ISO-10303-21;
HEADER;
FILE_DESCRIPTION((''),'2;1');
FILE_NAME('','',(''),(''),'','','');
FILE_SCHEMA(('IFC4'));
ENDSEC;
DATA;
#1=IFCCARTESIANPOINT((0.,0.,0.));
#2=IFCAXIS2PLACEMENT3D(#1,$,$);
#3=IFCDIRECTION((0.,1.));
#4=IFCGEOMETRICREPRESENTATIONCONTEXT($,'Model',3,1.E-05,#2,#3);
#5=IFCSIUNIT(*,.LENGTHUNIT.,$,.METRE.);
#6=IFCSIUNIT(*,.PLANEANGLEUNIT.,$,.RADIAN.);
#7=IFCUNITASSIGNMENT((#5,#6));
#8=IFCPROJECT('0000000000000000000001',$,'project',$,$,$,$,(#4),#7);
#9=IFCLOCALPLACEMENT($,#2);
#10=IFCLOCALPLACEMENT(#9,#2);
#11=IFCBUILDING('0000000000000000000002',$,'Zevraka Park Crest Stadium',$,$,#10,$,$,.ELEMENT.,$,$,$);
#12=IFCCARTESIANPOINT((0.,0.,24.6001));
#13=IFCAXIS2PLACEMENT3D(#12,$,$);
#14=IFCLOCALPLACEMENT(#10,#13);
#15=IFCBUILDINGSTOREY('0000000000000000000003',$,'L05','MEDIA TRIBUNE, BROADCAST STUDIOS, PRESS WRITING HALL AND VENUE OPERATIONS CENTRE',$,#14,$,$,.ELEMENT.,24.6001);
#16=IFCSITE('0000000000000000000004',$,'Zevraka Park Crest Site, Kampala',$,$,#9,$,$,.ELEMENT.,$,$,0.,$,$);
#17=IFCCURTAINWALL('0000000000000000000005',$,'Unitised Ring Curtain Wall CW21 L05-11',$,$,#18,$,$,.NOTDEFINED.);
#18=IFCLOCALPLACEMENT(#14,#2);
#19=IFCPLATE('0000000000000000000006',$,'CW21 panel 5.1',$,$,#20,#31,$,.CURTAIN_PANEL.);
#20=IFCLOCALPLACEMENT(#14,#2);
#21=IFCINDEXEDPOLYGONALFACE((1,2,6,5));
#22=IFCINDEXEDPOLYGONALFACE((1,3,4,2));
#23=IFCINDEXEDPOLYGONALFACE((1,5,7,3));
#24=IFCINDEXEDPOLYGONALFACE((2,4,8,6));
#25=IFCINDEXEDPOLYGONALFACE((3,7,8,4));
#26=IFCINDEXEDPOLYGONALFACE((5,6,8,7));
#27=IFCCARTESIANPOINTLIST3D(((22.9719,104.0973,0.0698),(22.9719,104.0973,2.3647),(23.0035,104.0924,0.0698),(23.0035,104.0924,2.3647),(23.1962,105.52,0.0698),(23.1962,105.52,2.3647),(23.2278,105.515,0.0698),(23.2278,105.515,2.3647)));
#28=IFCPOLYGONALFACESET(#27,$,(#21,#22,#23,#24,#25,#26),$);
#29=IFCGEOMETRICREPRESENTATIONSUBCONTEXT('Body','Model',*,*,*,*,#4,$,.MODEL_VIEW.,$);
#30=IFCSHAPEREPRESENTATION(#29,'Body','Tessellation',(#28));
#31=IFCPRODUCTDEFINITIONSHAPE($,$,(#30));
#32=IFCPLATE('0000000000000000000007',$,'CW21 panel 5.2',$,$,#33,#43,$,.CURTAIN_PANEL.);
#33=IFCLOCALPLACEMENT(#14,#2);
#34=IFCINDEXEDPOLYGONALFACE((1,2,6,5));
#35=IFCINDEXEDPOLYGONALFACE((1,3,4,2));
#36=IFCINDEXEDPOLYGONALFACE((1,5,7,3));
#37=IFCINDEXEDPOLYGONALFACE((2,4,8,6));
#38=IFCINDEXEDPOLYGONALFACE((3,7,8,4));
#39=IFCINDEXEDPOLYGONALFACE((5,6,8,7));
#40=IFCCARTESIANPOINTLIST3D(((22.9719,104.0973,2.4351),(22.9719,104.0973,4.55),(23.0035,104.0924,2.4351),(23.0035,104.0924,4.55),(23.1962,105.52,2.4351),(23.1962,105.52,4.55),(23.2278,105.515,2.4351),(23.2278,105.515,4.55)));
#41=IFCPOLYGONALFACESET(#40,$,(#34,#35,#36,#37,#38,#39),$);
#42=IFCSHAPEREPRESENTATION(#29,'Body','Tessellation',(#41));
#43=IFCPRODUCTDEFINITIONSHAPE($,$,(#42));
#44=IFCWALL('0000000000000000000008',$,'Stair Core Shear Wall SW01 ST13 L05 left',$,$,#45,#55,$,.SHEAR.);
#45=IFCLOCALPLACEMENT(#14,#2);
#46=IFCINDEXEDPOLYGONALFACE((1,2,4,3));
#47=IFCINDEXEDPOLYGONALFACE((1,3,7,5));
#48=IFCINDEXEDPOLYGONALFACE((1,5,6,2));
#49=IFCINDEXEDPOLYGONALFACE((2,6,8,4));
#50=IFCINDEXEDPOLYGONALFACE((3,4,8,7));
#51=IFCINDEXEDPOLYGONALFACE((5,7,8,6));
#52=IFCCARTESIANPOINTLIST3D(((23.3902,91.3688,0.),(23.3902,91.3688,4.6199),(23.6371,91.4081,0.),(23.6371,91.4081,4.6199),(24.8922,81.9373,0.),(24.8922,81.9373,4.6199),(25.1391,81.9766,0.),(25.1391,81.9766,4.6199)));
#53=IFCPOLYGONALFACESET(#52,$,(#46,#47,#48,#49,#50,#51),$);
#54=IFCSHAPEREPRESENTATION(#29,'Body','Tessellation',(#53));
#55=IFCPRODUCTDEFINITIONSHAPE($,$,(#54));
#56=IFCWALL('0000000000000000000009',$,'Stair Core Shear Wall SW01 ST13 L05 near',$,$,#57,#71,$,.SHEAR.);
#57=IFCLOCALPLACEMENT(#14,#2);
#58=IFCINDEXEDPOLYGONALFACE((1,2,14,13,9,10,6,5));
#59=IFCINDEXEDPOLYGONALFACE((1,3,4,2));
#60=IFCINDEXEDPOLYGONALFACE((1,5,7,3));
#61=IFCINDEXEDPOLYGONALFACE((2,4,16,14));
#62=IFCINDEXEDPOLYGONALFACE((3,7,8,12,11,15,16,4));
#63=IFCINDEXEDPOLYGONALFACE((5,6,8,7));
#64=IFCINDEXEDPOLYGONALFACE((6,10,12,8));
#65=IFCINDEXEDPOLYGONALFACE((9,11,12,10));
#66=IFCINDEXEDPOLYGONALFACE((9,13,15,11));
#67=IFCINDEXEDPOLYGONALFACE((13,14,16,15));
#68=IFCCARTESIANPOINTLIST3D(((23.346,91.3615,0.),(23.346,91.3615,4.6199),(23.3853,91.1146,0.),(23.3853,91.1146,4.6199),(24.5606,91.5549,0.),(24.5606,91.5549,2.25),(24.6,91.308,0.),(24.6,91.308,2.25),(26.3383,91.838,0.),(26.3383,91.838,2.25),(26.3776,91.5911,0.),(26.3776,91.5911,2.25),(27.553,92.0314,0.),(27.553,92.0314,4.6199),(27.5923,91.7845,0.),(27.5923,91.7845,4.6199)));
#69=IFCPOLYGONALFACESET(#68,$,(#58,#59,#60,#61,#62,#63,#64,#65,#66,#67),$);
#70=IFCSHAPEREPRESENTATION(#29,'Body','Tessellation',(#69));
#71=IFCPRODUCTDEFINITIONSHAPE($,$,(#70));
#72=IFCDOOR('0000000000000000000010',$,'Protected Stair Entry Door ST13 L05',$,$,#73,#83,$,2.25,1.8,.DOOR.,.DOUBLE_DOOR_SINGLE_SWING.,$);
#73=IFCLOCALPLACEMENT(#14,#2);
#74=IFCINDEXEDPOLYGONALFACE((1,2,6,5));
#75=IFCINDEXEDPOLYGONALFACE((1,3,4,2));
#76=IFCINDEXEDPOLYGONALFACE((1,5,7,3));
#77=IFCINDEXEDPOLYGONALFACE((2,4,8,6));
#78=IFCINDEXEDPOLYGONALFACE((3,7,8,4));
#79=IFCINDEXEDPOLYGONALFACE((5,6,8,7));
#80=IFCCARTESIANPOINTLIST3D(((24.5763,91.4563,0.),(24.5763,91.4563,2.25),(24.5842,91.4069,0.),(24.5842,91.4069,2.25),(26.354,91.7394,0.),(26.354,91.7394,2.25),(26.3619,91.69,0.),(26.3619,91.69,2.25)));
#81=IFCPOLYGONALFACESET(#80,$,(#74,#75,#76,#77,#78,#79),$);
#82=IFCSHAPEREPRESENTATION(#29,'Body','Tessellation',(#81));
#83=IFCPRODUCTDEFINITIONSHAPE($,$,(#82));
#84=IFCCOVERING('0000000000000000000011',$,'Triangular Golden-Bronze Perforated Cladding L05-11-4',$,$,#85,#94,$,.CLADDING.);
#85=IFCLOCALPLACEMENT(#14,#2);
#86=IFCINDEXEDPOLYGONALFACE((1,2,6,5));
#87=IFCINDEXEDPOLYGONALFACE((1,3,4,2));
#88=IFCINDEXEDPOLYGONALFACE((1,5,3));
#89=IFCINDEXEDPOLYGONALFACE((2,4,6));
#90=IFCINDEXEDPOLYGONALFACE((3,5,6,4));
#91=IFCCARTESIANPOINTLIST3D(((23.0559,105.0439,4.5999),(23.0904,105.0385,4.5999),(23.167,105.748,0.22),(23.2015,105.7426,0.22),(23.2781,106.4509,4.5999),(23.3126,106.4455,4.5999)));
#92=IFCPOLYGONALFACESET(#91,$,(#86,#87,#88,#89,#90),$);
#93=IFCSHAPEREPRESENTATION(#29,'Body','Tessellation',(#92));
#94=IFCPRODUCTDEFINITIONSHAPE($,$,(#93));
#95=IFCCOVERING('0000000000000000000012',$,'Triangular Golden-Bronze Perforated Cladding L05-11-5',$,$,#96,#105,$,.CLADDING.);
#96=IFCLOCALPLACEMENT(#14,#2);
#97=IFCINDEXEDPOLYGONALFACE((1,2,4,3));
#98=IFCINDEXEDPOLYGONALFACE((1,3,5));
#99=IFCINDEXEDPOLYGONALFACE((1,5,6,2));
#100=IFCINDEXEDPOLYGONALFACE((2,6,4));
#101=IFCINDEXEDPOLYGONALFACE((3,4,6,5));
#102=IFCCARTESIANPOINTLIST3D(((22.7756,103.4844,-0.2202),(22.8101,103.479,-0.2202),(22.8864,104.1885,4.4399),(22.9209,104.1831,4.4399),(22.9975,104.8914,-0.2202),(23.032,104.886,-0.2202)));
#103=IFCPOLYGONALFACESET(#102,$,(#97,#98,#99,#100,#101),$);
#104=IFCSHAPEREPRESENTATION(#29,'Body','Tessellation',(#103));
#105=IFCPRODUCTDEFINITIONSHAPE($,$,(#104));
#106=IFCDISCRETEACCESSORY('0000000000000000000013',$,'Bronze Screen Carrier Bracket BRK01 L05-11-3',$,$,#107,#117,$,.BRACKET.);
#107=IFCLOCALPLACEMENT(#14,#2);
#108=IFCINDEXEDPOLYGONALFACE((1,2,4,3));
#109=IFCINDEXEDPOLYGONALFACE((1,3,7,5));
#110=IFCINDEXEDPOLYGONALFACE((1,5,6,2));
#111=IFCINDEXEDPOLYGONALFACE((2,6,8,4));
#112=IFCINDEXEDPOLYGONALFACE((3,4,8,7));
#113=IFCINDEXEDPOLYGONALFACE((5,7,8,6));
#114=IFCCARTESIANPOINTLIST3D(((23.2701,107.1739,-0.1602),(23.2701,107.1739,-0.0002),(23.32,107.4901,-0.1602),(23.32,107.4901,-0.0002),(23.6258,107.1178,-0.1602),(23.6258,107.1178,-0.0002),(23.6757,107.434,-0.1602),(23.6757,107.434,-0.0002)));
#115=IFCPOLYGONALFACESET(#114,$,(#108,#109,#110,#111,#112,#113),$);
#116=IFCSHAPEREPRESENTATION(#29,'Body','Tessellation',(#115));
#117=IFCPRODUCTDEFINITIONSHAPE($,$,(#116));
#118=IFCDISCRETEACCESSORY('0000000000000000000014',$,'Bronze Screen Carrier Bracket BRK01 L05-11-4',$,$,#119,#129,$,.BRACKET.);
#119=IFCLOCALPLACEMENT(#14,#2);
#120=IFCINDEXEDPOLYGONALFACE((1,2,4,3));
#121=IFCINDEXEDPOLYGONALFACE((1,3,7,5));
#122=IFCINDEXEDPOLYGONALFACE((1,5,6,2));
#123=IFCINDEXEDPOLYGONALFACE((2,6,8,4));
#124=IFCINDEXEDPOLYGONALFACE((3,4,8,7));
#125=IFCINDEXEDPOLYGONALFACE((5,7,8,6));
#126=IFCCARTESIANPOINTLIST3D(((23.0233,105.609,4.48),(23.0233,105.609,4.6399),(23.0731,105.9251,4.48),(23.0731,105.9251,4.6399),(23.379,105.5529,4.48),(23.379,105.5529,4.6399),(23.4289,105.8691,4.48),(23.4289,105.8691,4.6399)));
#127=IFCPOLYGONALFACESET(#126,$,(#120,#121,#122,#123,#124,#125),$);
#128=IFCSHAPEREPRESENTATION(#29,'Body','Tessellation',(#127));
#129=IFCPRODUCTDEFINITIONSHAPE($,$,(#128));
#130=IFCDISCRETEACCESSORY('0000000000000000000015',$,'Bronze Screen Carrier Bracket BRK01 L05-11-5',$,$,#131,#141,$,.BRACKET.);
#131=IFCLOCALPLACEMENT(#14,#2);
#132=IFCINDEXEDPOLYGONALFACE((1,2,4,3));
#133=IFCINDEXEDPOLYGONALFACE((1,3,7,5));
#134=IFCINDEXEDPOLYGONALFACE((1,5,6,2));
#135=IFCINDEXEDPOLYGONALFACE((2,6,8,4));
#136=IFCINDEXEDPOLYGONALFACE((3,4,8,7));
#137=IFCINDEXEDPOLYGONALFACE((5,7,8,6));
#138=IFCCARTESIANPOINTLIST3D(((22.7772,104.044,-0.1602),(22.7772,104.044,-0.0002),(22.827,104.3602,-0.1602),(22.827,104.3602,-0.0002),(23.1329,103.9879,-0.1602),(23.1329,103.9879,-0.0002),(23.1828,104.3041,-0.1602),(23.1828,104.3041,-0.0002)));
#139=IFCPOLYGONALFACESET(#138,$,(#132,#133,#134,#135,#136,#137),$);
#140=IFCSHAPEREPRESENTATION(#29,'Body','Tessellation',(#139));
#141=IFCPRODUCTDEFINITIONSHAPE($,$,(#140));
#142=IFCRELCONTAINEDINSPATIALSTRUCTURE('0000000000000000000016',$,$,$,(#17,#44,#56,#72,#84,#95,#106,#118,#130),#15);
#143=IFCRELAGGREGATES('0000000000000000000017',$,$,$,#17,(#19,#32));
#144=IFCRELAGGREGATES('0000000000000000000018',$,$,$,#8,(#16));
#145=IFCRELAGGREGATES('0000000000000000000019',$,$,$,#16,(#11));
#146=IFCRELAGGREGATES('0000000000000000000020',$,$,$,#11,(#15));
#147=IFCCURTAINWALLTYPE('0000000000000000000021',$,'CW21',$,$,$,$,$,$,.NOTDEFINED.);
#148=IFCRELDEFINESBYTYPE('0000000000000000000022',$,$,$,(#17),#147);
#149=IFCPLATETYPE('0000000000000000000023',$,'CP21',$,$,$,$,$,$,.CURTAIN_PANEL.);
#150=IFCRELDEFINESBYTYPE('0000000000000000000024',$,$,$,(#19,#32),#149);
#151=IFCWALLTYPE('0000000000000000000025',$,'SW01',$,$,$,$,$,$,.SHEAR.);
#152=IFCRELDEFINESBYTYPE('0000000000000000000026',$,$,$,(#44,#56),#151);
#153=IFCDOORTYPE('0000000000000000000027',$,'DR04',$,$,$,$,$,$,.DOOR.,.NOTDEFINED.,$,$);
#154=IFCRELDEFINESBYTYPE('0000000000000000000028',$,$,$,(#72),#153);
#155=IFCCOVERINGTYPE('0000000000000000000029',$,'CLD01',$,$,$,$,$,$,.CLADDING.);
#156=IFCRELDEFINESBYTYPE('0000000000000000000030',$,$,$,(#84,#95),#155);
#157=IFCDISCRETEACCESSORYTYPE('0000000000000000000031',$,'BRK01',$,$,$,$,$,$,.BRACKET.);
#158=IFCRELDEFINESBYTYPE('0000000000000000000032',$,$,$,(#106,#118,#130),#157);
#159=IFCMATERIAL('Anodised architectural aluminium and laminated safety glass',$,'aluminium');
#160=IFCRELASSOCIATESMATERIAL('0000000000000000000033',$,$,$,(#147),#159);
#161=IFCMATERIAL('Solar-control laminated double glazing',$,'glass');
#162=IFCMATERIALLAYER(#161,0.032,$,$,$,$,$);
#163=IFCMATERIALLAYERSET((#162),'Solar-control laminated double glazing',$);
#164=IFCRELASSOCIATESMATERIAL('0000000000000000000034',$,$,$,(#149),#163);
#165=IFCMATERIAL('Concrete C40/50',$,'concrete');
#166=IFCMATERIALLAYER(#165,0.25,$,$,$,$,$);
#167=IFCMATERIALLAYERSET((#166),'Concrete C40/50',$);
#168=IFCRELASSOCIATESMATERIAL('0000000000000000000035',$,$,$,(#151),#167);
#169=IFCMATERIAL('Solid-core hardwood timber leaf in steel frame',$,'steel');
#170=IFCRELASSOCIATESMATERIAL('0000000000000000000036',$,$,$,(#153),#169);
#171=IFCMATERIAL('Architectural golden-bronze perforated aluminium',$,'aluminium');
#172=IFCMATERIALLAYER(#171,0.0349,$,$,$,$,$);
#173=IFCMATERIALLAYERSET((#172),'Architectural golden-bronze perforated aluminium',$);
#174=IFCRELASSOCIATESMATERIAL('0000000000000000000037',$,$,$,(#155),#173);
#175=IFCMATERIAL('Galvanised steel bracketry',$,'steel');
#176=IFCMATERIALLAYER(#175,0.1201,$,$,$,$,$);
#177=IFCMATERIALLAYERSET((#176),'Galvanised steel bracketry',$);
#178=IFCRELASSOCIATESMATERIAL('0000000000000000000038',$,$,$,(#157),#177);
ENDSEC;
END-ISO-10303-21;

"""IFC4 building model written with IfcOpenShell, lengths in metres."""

from ifc_helpers import new_model, si_unit, direction, frame, frame_2d, origin, origin_2d, place, context, subcontext, project, spatial, polyline, rectangle, outline, extrude, material, layer, layer_set, type_object, element, fill, aggregate, save


model = new_model("IFC4")

# Units and contexts
model_context = context("Model", 3, precision=1e-05, world=origin(), true_north=direction((0.0, 1.0)))
body_context = subcontext(model_context, "Body", "Model", "MODEL_VIEW")
ifc_project = project(units=[si_unit("LENGTHUNIT", "METRE"), si_unit("PLANEANGLEUNIT", "RADIAN")], contexts=[model_context])

# Site, building, storey
site_placement = place(None, origin())
site = spatial("IfcSite", under=ifc_project, at=site_placement, Name="Zevraka Park Crest Site, Kampala", CompositionType="ELEMENT", RefElevation=0.0)
building_placement = place(site_placement, origin())
building = spatial("IfcBuilding", under=site, at=building_placement, Name="Zevraka Park Crest Stadium", CompositionType="ELEMENT")
storey_placement = place(building_placement, frame((0.0, 0.0, 24.6001)))
storey = spatial("IfcBuildingStorey", under=building, at=storey_placement, Name="L05", Description="MEDIA TRIBUNE, BROADCAST STUDIOS, PRESS WRITING HALL AND VENUE OPERATIONS CENTRE", CompositionType="ELEMENT", Elevation=24.6001)

# Curtain wall
ifc_material_1 = material(Name="Anodised architectural aluminium and laminated safety glass", Category="aluminium")
curtain_wall_type = type_object("IfcCurtainWallType", Name="CW21", PredefinedType="NOTDEFINED", material=ifc_material_1)
curtain_wall_placement = place(storey_placement, origin())
curtain_wall = element("IfcCurtainWall", 1, at=curtain_wall_placement, inside=storey, type_object=curtain_wall_type, Name="Unitised Ring Curtain Wall CW21 L05-11", PredefinedType="NOTDEFINED")

# Plates
ifc_material_2 = material(Name="Solar-control laminated double glazing", Category="glass")
ifc_layer_1 = layer(ifc_material_2, 0.032)
ifc_layer_set_1 = layer_set([ifc_layer_1], Name="Solar-control laminated double glazing")
plate_type = type_object("IfcPlateType", Name="CP21", PredefinedType="CURTAIN_PANEL", material=ifc_layer_set_1)
plate_1_placement = place(storey_placement, frame((23.0999, 104.8062, 0.0698), z_axis=(0.0, 0.0, 1.0), x_axis=(-0.155711, -0.987803, 0.0)))
plate_1 = element("IfcPlate", 2, at=plate_1_placement, type_object=plate_type, Name="CW21 panel 5.1", PredefinedType="CURTAIN_PANEL", context=body_context, shape_type="SweptSolid", body=[
    extrude(rectangle(XDim=1.4402, YDim=0.032, at=origin_2d()), origin(), (0.0, 0.0, 1.0), 2.2949),
])
plate_2_placement = place(storey_placement, frame((23.0999, 104.8062, 2.4351), z_axis=(0.0, 0.0, 1.0), x_axis=(-0.155711, -0.987803, 0.0)))
plate_2 = element("IfcPlate", 3, at=plate_2_placement, type_object=plate_type, Name="CW21 panel 5.2", PredefinedType="CURTAIN_PANEL", context=body_context, shape_type="SweptSolid", body=[
    extrude(rectangle(XDim=1.4402, YDim=0.032, at=origin_2d()), origin(), (0.0, 0.0, 1.0), 2.115),
])
aggregate(curtain_wall, [plate_1, plate_2])

# Wall
ifc_material_3 = material(Name="Concrete C40/50", Category="concrete")
ifc_layer_2 = layer(ifc_material_3, 0.25)
ifc_layer_set_2 = layer_set([ifc_layer_2], Name="Concrete C40/50")
wall_type = type_object("IfcWallType", Name="SW01", PredefinedType="SHEAR", material=ifc_layer_set_2)
wall_1_placement = place(storey_placement, frame((23.5137, 91.3884, 0.0), z_axis=(0.0, 0.0, 1.0), x_axis=(0.157269, -0.987556, 0.0)))
element("IfcWall", 4, at=wall_1_placement, inside=storey, type_object=wall_type, Name="Stair Core Shear Wall SW01 ST13 L05 left", PredefinedType="SHEAR", context=body_context, shape_type="SweptSolid", body=[
    extrude(rectangle(XDim=9.5503, YDim=0.25, at=frame_2d((4.7751, 0.0))), origin(), (0.0, 0.0, 1.0), 4.6199),
])

# Wall, opening, door
wall_2_placement = place(storey_placement, frame((27.5725, 91.908, 0.0), z_axis=(0.0, 0.0, 1.0), x_axis=(-0.987558, -0.157257, 0.0)))
wall_2 = element("IfcWall", 5, at=wall_2_placement, inside=storey, type_object=wall_type, Name="Stair Core Shear Wall SW01 ST13 L05 near", PredefinedType="SHEAR", context=body_context, shape_type="SweptSolid", body=[
    extrude(rectangle(XDim=4.26, YDim=0.25, at=frame_2d((2.1299, 0.0))), origin(), (0.0, 0.0, 1.0), 4.6199),
])
opening_placement = place(wall_2_placement, frame((1.23, 0.0, 0.0)))
opening = element("IfcOpeningElement", 6, at=opening_placement, cuts=wall_2, PredefinedType="OPENING", context=body_context, shape_type="SweptSolid", body=[
    extrude(rectangle(XDim=1.8, YDim=2.25, at=frame_2d((0.8999, 1.125))), frame((0.0, 0.135, 0.0), z_axis=(0.0, -1.0, 0.0), x_axis=(1.0, 0.0, 0.0)), (0.0, 0.0, 1.0), 0.27),
])
ifc_material_4 = material(Name="Solid-core hardwood timber leaf in steel frame", Category="steel")
door_type = type_object("IfcDoorType", Name="DR04", OperationType="NOTDEFINED", PredefinedType="DOOR", material=ifc_material_4)
door_placement = place(opening_placement, origin())
door = element("IfcDoor", 7, at=door_placement, inside=storey, type_object=door_type, Name="Protected Stair Entry Door ST13 L05", OperationType="DOUBLE_DOOR_SINGLE_SWING", OverallHeight=2.25, OverallWidth=1.8, PredefinedType="DOOR", context=body_context, shape_type="SweptSolid", body=[
    extrude(rectangle(XDim=1.8, YDim=2.25, at=frame_2d((0.8999, 1.125))), frame((0.0, 0.0249, 0.0), z_axis=(0.0, -1.0, 0.0), x_axis=(1.0, 0.0, 0.0)), (0.0, 0.0, 1.0), 0.05),
])
fill(opening, door)

# Coverings
ifc_material_5 = material(Name="Architectural golden-bronze perforated aluminium", Category="aluminium")
ifc_layer_3 = layer(ifc_material_5, 0.0349)
ifc_layer_set_3 = layer_set([ifc_layer_3], Name="Architectural golden-bronze perforated aluminium")
covering_type = type_object("IfcCoveringType", Name="CLD01", PredefinedType="CLADDING", material=ifc_layer_set_3)
covering_1_placement = place(storey_placement, frame((23.0559, 105.0439, 4.5999), z_axis=(-0.987762, 0.155971, 0.000022), x_axis=(0.155971, 0.987762, 0.0)))
element("IfcCovering", 8, at=covering_1_placement, inside=storey, type_object=covering_type, Name="Triangular Golden-Bronze Perforated Cladding L05-11-4", PredefinedType="CLADDING", context=body_context, shape_type="SweptSolid", body=[
    extrude(outline(polyline([(0.0, 0.0), (1.4244, 0.0), (0.7128, 4.3799), (0.0, 0.0)])), origin(), (0.0, 0.0, -1.0), 0.0349),
])
covering_2_placement = place(storey_placement, frame((23.032, 104.886, -0.2202), z_axis=(0.987788, -0.155804, 0.000046), x_axis=(-0.155804, -0.987788, 0.0)))
element("IfcCovering", 9, at=covering_2_placement, inside=storey, type_object=covering_type, Name="Triangular Golden-Bronze Perforated Cladding L05-11-5", PredefinedType="CLADDING", context=body_context, shape_type="SweptSolid", body=[
    extrude(outline(polyline([(0.0, 0.0), (1.4244, 0.0), (0.7116, -4.6602), (0.0, 0.0)])), origin(), (0.0, 0.0, -1.0), 0.0349),
])

# Discrete accessories
ifc_material_6 = material(Name="Galvanised steel bracketry", Category="steel")
ifc_layer_4 = layer(ifc_material_6, 0.1201)
ifc_layer_set_4 = layer_set([ifc_layer_4], Name="Galvanised steel bracketry")
discrete_accessory_type = type_object("IfcDiscreteAccessoryType", Name="BRK01", PredefinedType="BRACKET", material=ifc_layer_set_4)
for number, where, z_axis, x_axis, name in (
    (10, (23.4729, 107.304, -0.1602), (0.0, 0.0, 1.0), (-0.155745, -0.987797, 0.0), "Bronze Screen Carrier Bracket BRK01 L05-11-3"),
    (11, (23.2261, 105.739, 4.48), (0.0, 0.0, 1.0), (-0.155745, -0.987797, 0.0), "Bronze Screen Carrier Bracket BRK01 L05-11-4"),
    (12, (22.98, 104.1741, -0.1602), (0.0, 0.0, 1.0), (-0.155745, -0.987797, 0.0), "Bronze Screen Carrier Bracket BRK01 L05-11-5"),
):
    element("IfcDiscreteAccessory", number, at=place(storey_placement, frame(where, z_axis=z_axis, x_axis=x_axis)), inside=storey, type_object=discrete_accessory_type, Name=name, PredefinedType="BRACKET", context=body_context, shape_type="SweptSolid", body=[
        extrude(rectangle(XDim=0.3201, YDim=0.3601, at=origin_2d()), origin(), (0.0, 0.0, 1.0), 0.1599),
    ])

save(model, "model.ifc")
